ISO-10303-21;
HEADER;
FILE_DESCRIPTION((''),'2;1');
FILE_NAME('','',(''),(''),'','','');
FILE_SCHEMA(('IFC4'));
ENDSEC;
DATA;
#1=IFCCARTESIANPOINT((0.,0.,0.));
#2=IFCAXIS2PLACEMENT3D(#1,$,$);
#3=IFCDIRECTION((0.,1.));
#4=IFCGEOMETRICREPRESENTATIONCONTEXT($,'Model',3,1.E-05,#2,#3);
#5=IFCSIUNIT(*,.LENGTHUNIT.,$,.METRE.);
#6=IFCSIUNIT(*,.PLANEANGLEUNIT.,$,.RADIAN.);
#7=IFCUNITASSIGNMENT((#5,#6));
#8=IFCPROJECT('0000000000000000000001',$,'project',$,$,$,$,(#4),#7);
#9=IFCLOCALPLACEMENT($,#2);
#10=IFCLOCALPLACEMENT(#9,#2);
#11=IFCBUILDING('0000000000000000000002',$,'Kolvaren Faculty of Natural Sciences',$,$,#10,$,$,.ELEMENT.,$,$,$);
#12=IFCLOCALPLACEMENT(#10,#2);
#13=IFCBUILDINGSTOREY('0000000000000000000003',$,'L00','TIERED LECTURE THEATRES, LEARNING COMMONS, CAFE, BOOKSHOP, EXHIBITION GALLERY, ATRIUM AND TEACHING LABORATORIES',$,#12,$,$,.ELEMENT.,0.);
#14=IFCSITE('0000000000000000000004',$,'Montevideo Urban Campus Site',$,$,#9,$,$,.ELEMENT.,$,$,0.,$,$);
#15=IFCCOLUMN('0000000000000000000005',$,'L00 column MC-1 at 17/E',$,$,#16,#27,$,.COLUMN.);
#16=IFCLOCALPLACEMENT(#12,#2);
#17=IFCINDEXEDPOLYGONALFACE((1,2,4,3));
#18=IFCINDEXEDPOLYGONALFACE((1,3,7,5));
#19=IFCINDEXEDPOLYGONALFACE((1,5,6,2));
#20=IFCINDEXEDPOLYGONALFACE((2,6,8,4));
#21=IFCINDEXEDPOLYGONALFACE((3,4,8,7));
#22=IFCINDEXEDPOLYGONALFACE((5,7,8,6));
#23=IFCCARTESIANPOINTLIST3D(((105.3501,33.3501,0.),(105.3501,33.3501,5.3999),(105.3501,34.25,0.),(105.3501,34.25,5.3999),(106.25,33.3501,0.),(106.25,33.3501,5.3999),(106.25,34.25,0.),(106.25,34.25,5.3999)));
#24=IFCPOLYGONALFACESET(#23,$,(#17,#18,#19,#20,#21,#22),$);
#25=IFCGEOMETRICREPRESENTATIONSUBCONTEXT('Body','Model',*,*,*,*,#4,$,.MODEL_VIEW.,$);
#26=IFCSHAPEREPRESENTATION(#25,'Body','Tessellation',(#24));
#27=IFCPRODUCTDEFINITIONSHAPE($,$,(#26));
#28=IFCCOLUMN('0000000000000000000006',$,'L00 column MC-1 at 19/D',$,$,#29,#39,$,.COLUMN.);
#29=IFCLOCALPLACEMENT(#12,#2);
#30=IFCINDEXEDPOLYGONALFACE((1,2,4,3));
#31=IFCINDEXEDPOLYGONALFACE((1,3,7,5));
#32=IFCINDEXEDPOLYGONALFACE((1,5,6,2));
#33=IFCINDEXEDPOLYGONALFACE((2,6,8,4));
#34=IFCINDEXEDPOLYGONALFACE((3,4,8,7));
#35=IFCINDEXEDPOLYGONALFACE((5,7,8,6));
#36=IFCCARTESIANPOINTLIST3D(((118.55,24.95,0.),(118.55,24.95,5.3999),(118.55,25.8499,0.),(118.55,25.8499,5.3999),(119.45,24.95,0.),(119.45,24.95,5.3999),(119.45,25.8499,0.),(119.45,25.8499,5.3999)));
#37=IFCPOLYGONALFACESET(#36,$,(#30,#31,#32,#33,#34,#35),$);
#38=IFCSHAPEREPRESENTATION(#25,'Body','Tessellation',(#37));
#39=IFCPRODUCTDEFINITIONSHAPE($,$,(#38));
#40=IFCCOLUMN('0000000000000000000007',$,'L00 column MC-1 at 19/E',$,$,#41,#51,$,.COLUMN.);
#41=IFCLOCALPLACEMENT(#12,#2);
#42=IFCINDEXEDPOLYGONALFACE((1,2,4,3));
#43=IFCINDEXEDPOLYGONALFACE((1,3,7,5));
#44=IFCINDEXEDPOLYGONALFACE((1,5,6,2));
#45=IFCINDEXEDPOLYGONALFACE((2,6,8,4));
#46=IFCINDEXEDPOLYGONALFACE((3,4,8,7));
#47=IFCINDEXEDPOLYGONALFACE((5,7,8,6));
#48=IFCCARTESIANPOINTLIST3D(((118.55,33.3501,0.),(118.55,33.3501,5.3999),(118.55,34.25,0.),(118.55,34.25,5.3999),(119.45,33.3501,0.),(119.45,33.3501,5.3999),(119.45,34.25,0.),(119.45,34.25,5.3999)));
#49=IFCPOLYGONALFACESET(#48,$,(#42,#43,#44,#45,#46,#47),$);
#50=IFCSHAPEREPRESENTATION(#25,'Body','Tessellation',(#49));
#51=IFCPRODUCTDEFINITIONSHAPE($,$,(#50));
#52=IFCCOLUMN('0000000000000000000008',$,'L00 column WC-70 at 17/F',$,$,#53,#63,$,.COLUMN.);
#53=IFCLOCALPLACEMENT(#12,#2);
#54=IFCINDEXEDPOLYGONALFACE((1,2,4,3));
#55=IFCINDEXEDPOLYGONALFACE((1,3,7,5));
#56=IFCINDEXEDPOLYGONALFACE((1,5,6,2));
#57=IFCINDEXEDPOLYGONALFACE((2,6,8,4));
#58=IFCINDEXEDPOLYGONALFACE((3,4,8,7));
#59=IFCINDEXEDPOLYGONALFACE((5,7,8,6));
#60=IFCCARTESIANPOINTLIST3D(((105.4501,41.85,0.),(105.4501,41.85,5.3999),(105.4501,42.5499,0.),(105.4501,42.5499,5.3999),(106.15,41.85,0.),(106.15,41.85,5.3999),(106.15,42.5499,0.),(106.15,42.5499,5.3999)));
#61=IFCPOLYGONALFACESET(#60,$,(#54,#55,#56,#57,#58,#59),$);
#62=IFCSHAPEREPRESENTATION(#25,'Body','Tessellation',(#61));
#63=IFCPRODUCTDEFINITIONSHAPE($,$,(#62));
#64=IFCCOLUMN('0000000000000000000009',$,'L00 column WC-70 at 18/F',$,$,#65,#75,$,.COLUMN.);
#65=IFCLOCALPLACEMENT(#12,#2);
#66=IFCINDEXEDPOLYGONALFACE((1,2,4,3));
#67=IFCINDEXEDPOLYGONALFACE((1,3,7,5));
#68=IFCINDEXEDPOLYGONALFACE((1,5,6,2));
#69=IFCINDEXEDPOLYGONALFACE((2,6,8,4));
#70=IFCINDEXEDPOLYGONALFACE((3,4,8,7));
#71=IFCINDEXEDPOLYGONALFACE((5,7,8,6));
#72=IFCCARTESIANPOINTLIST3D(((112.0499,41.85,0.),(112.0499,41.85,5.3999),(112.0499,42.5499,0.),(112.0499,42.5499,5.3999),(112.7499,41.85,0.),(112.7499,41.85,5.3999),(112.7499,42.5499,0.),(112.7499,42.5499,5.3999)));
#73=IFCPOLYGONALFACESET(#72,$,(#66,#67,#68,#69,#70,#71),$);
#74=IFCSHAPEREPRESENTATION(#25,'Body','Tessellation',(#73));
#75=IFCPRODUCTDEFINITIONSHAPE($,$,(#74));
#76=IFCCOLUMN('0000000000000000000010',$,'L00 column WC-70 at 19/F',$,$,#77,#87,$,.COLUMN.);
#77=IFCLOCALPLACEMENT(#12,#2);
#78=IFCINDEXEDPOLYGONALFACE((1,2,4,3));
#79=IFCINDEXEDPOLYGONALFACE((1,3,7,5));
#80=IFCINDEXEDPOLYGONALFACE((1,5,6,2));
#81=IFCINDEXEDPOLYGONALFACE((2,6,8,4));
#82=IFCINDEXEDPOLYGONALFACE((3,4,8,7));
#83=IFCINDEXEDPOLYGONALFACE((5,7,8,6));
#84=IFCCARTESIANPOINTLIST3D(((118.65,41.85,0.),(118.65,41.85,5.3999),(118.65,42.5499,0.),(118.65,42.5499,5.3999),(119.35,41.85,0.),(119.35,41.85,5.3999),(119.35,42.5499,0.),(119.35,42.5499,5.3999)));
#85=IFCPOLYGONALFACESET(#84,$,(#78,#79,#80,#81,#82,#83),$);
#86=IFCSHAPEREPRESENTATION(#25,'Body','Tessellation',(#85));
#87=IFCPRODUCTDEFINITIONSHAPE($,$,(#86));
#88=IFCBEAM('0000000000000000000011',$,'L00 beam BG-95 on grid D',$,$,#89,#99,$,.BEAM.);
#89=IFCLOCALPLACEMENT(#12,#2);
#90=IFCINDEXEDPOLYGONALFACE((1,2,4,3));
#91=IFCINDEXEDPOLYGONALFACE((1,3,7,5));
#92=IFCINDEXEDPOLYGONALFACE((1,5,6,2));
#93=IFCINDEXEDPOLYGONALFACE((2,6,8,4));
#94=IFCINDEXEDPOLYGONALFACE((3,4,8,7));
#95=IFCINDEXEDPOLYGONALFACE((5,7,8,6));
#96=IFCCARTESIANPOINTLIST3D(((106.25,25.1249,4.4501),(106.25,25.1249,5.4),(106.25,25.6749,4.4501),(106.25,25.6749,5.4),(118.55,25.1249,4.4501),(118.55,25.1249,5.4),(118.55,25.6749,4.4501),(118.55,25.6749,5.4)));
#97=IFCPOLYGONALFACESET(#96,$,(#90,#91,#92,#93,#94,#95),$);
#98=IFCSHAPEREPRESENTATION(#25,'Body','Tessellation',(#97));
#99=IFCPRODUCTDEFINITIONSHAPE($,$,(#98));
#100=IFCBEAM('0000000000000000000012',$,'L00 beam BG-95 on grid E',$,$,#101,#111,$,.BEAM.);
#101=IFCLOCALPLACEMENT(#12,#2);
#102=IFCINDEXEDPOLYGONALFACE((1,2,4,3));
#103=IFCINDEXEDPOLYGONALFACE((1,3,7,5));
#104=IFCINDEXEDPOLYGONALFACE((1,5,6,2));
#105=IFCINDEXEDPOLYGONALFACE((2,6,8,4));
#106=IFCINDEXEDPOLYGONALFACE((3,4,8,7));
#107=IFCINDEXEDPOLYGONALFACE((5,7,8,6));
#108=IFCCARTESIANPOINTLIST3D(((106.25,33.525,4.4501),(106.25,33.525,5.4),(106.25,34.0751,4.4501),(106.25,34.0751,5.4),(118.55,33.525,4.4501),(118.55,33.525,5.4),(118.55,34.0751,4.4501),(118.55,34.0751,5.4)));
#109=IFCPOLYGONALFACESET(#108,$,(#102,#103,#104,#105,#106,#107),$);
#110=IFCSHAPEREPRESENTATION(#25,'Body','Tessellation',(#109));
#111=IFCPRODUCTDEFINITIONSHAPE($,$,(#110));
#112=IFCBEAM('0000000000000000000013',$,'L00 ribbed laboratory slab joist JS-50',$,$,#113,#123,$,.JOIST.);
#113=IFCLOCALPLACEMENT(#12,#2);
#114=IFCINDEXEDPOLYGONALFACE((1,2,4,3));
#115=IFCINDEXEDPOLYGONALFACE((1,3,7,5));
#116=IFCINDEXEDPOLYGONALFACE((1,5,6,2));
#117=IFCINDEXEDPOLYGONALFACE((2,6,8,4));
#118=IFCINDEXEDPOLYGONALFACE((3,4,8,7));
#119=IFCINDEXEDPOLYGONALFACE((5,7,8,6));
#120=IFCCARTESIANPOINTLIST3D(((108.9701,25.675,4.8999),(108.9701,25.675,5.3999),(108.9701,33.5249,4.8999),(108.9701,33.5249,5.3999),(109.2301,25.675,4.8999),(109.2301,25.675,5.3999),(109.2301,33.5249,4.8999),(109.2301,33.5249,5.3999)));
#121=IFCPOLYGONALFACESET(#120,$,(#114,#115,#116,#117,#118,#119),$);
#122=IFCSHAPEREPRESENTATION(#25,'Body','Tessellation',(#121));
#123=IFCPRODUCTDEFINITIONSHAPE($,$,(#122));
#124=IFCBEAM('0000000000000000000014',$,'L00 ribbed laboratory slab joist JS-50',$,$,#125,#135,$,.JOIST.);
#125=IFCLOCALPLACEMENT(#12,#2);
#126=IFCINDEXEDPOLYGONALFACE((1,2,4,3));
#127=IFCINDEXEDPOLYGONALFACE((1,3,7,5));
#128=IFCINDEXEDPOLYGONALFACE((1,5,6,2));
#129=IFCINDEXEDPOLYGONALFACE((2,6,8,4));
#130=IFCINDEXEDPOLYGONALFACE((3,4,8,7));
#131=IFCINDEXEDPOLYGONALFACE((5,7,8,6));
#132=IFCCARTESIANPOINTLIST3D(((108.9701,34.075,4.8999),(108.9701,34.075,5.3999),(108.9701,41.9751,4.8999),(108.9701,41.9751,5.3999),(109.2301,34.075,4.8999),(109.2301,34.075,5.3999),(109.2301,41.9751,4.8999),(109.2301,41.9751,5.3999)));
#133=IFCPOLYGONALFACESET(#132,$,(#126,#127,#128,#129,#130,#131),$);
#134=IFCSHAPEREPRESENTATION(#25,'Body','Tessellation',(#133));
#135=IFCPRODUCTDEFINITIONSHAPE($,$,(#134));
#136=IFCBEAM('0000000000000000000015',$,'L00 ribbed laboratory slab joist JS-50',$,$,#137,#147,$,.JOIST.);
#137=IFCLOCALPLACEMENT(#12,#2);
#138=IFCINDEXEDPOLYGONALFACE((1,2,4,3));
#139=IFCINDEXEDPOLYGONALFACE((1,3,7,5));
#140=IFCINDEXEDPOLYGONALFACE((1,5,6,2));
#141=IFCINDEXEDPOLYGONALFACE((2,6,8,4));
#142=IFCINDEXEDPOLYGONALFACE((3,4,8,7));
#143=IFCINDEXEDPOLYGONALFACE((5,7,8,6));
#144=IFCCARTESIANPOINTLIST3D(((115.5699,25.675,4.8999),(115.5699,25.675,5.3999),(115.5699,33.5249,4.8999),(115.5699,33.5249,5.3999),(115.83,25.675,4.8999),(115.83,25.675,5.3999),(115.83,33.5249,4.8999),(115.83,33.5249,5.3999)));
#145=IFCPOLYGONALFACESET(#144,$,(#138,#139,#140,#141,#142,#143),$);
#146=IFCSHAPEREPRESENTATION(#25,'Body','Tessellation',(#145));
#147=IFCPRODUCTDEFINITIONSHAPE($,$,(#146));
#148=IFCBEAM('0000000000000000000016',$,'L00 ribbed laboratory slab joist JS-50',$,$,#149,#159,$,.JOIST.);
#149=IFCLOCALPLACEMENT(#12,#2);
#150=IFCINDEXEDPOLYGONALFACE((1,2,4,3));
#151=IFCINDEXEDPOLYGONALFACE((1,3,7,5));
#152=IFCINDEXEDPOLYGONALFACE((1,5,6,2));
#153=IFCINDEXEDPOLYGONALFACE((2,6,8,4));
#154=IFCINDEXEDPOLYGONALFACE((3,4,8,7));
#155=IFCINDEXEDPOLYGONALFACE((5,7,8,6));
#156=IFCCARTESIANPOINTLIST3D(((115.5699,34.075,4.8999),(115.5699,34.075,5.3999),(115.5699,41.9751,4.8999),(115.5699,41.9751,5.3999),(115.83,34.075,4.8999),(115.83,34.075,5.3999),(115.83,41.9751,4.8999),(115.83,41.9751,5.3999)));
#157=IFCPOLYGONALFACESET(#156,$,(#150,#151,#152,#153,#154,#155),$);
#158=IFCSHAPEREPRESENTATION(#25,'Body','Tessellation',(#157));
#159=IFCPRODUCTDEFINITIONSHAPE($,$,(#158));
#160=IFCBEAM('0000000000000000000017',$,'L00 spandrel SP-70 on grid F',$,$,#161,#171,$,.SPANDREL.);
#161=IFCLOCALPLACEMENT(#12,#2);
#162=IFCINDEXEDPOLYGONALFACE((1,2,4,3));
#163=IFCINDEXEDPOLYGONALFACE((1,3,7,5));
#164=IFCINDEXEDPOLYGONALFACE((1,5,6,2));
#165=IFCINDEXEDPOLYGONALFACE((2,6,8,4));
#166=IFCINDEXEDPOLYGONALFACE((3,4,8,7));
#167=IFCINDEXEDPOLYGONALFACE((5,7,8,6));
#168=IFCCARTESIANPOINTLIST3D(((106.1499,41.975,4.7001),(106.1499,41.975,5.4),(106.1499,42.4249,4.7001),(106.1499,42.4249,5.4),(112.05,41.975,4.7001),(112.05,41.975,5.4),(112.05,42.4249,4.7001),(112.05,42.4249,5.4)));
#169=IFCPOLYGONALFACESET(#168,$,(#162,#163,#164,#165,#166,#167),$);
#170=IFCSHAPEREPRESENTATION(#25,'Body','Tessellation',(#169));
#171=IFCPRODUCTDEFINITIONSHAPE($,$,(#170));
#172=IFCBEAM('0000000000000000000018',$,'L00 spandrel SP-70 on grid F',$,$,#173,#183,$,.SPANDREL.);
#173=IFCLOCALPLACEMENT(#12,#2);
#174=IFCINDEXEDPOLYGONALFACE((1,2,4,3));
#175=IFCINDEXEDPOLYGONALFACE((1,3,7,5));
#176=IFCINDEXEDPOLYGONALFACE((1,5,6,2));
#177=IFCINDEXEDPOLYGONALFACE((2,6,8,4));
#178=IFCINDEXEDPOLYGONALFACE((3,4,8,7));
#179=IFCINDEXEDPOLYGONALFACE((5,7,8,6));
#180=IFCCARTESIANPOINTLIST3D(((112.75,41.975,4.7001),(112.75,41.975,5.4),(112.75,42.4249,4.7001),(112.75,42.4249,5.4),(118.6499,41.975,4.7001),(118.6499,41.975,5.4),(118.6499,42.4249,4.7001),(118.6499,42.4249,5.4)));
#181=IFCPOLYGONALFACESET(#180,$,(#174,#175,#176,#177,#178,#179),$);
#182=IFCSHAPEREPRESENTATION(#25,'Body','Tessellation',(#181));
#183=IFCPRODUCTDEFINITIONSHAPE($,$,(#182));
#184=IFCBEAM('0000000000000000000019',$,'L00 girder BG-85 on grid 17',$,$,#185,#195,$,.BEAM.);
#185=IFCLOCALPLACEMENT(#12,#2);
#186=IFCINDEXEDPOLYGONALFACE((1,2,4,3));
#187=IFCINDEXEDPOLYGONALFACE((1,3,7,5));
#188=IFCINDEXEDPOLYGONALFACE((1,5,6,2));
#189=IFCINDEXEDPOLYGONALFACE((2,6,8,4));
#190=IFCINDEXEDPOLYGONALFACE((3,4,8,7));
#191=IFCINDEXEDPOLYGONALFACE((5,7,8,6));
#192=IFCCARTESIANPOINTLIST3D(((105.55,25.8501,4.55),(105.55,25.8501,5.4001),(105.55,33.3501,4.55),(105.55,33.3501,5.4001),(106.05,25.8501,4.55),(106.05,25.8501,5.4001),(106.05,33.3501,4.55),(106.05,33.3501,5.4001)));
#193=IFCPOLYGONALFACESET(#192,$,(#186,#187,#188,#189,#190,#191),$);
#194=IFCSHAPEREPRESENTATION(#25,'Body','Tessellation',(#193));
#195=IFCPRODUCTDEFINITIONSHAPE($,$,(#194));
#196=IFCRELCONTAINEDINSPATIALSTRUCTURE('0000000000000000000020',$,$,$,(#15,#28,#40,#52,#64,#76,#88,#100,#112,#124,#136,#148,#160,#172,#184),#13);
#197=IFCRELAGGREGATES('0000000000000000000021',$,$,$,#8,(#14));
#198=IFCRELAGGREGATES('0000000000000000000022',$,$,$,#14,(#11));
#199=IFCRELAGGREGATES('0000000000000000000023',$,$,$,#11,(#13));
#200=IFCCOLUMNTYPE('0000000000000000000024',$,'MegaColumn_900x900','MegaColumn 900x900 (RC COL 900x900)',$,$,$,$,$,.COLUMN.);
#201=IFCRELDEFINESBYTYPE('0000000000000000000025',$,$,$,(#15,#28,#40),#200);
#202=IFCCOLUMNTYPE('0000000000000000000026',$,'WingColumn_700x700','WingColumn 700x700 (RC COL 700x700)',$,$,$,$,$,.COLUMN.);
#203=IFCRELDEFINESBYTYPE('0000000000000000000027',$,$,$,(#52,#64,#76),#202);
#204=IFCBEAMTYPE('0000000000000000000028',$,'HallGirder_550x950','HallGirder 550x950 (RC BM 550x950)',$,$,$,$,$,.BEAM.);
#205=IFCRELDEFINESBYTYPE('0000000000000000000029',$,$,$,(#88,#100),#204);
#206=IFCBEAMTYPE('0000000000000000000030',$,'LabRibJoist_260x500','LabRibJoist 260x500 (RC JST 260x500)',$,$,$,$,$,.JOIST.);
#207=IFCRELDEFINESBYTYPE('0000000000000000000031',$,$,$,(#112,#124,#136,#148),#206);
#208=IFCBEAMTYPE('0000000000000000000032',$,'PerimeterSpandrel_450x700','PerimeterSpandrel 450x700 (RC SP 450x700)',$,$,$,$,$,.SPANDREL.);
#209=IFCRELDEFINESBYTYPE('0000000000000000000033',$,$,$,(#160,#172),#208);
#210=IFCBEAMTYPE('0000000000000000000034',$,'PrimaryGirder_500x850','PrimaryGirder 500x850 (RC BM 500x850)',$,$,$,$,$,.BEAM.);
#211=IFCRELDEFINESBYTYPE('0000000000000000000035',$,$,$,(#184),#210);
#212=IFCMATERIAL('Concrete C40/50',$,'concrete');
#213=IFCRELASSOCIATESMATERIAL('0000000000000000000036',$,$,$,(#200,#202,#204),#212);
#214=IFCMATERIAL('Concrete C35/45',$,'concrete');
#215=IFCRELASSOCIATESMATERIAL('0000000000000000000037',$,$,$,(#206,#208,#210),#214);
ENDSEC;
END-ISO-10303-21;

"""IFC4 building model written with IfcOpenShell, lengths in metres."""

from ifc_helpers import new_model, si_unit, direction, frame, origin, origin_2d, place, context, subcontext, project, spatial, rectangle, extrude, material, material_profile, profile_set, type_object, element, save


model = new_model("IFC4")

# Units and contexts
model_context = context("Model", 3, precision=1e-05, world=origin(), true_north=direction((0.0, 1.0)))
body_context = subcontext(model_context, "Body", "Model", "MODEL_VIEW")
ifc_project = project(units=[si_unit("LENGTHUNIT", "METRE"), si_unit("PLANEANGLEUNIT", "RADIAN")], contexts=[model_context])

# Site, building, storey
site_placement = place(None, origin())
site = spatial("IfcSite", under=ifc_project, at=site_placement, Name="Montevideo Urban Campus Site", CompositionType="ELEMENT", RefElevation=0.0)
building_placement = place(site_placement, origin())
building = spatial("IfcBuilding", under=site, at=building_placement, Name="Kolvaren Faculty of Natural Sciences", CompositionType="ELEMENT")
storey_placement = place(building_placement, origin())
storey = spatial("IfcBuildingStorey", under=building, at=storey_placement, Name="L00", Description="TIERED LECTURE THEATRES, LEARNING COMMONS, CAFE, BOOKSHOP, EXHIBITION GALLERY, ATRIUM AND TEACHING LABORATORIES", CompositionType="ELEMENT", Elevation=0.0)

# Columns
ifc_material_1 = material(Name="Concrete C40/50", Category="concrete")
ifc_material_profile_1 = material_profile(ifc_material_1, rectangle(XDim=0.8999, YDim=0.8999, at=origin_2d()), Name="RC COL 900x900")
ifc_profile_set_1 = profile_set([ifc_material_profile_1], Name="Concrete C40/50")
column_type_1 = type_object("IfcColumnType", Name="MegaColumn_900x900", Description="MegaColumn 900x900 (RC COL 900x900)", PredefinedType="COLUMN", material=ifc_profile_set_1)
for number, where, z_axis, x_axis, name in (
    (1, (105.8, 33.8, 0.0), (0.0, 0.0, 1.0), (1.0, 0.0, 0.0), "L00 column MC-1 at 17/E"),
    (2, (119.0, 25.3999, 0.0), (0.0, 0.0, 1.0), (1.0, 0.0, 0.0), "L00 column MC-1 at 19/D"),
    (3, (119.0, 33.8, 0.0), (0.0, 0.0, 1.0), (1.0, 0.0, 0.0), "L00 column MC-1 at 19/E"),
):
    element("IfcColumn", number, at=place(storey_placement, frame(where, z_axis=z_axis, x_axis=x_axis)), inside=storey, type_object=column_type_1, Name=name, PredefinedType="COLUMN", context=body_context, shape_type="SweptSolid", body=[
        extrude(rectangle(XDim=0.8999, YDim=0.8999, at=origin_2d()), origin(), (0.0, 0.0, 1.0), 5.3999),
    ])
ifc_material_profile_2 = material_profile(ifc_material_1, rectangle(XDim=0.7, YDim=0.7, at=origin_2d()), Name="RC COL 700x700")
ifc_profile_set_2 = profile_set([ifc_material_profile_2], Name="Concrete C40/50")
column_type_2 = type_object("IfcColumnType", Name="WingColumn_700x700", Description="WingColumn 700x700 (RC COL 700x700)", PredefinedType="COLUMN", material=ifc_profile_set_2)
for number, where, z_axis, x_axis, name in (
    (4, (105.8, 42.2, 0.0), (0.0, 0.0, 1.0), (1.0, 0.0, 0.0), "L00 column WC-70 at 17/F"),
    (5, (112.3999, 42.2, 0.0), (0.0, 0.0, 1.0), (1.0, 0.0, 0.0), "L00 column WC-70 at 18/F"),
    (6, (119.0, 42.2, 0.0), (0.0, 0.0, 1.0), (1.0, 0.0, 0.0), "L00 column WC-70 at 19/F"),
):
    element("IfcColumn", number, at=place(storey_placement, frame(where, z_axis=z_axis, x_axis=x_axis)), inside=storey, type_object=column_type_2, Name=name, PredefinedType="COLUMN", context=body_context, shape_type="SweptSolid", body=[
        extrude(rectangle(XDim=0.7, YDim=0.7, at=origin_2d()), origin(), (0.0, 0.0, 1.0), 5.3999),
    ])

# Beams
ifc_material_profile_3 = material_profile(ifc_material_1, rectangle(XDim=0.55, YDim=0.95, at=origin_2d()), Name="RC BM 550x950")
ifc_profile_set_3 = profile_set([ifc_material_profile_3], Name="Concrete C40/50")
beam_type_1 = type_object("IfcBeamType", Name="HallGirder_550x950", Description="HallGirder 550x950 (RC BM 550x950)", PredefinedType="BEAM", material=ifc_profile_set_3)
for number, where, z_axis, x_axis, name in (
    (7, (106.25, 25.3999, 4.925), (1.0, 0.0, 0.0), (0.0, 1.0, 0.0), "L00 beam BG-95 on grid D"),
    (8, (106.25, 33.8, 4.925), (1.0, 0.0, 0.0), (0.0, 1.0, 0.0), "L00 beam BG-95 on grid E"),
):
    element("IfcBeam", number, at=place(storey_placement, frame(where, z_axis=z_axis, x_axis=x_axis)), inside=storey, type_object=beam_type_1, Name=name, PredefinedType="BEAM", context=body_context, shape_type="SweptSolid", body=[
        extrude(rectangle(XDim=0.55, YDim=0.95, at=origin_2d()), origin(), (0.0, 0.0, 1.0), 12.3),
    ])
ifc_material_2 = material(Name="Concrete C35/45", Category="concrete")
ifc_material_profile_4 = material_profile(ifc_material_2, rectangle(XDim=0.26, YDim=0.5, at=origin_2d()), Name="RC JST 260x500")
ifc_profile_set_4 = profile_set([ifc_material_profile_4], Name="Concrete C35/45")
beam_type_2 = type_object("IfcBeamType", Name="LabRibJoist_260x500", Description="LabRibJoist 260x500 (RC JST 260x500)", PredefinedType="JOIST", material=ifc_profile_set_4)
beam_1_placement = place(storey_placement, frame((109.1001, 25.675, 5.1499), z_axis=(0.0, 1.0, 0.0), x_axis=(-1.0, 0.0, 0.0)))
element("IfcBeam", 9, at=beam_1_placement, inside=storey, type_object=beam_type_2, Name="L00 ribbed laboratory slab joist JS-50", PredefinedType="JOIST", context=body_context, shape_type="SweptSolid", body=[
    extrude(rectangle(XDim=0.26, YDim=0.5, at=origin_2d()), origin(), (0.0, 0.0, 1.0), 7.8499),
])
beam_2_placement = place(storey_placement, frame((109.1001, 34.075, 5.1499), z_axis=(0.0, 1.0, 0.0), x_axis=(-1.0, 0.0, 0.0)))
element("IfcBeam", 10, at=beam_2_placement, inside=storey, type_object=beam_type_2, Name="L00 ribbed laboratory slab joist JS-50", PredefinedType="JOIST", context=body_context, shape_type="SweptSolid", body=[
    extrude(rectangle(XDim=0.26, YDim=0.5, at=origin_2d()), origin(), (0.0, 0.0, 1.0), 7.9001),
])
beam_3_placement = place(storey_placement, frame((115.7, 25.675, 5.1499), z_axis=(0.0, 1.0, 0.0), x_axis=(-1.0, 0.0, 0.0)))
element("IfcBeam", 11, at=beam_3_placement, inside=storey, type_object=beam_type_2, Name="L00 ribbed laboratory slab joist JS-50", PredefinedType="JOIST", context=body_context, shape_type="SweptSolid", body=[
    extrude(rectangle(XDim=0.26, YDim=0.5, at=origin_2d()), origin(), (0.0, 0.0, 1.0), 7.8499),
])
beam_4_placement = place(storey_placement, frame((115.7, 34.075, 5.1499), z_axis=(0.0, 1.0, 0.0), x_axis=(-1.0, 0.0, 0.0)))
element("IfcBeam", 12, at=beam_4_placement, inside=storey, type_object=beam_type_2, Name="L00 ribbed laboratory slab joist JS-50", PredefinedType="JOIST", context=body_context, shape_type="SweptSolid", body=[
    extrude(rectangle(XDim=0.26, YDim=0.5, at=origin_2d()), origin(), (0.0, 0.0, 1.0), 7.9001),
])
ifc_material_profile_5 = material_profile(ifc_material_2, rectangle(XDim=0.45, YDim=0.7, at=origin_2d()), Name="RC SP 450x700")
ifc_profile_set_5 = profile_set([ifc_material_profile_5], Name="Concrete C35/45")
beam_type_3 = type_object("IfcBeamType", Name="PerimeterSpandrel_450x700", Description="PerimeterSpandrel 450x700 (RC SP 450x700)", PredefinedType="SPANDREL", material=ifc_profile_set_5)
beam_5_placement = place(storey_placement, frame((106.1499, 42.2, 5.05), z_axis=(1.0, 0.0, 0.0), x_axis=(0.0, 1.0, 0.0)))
element("IfcBeam", 13, at=beam_5_placement, inside=storey, type_object=beam_type_3, Name="L00 spandrel SP-70 on grid F", PredefinedType="SPANDREL", context=body_context, shape_type="SweptSolid", body=[
    extrude(rectangle(XDim=0.45, YDim=0.7, at=origin_2d()), origin(), (0.0, 0.0, 1.0), 5.9001),
])
beam_6_placement = place(storey_placement, frame((112.75, 42.2, 5.05), z_axis=(1.0, 0.0, 0.0), x_axis=(0.0, 1.0, 0.0)))
element("IfcBeam", 14, at=beam_6_placement, inside=storey, type_object=beam_type_3, Name="L00 spandrel SP-70 on grid F", PredefinedType="SPANDREL", context=body_context, shape_type="SweptSolid", body=[
    extrude(rectangle(XDim=0.45, YDim=0.7, at=origin_2d()), origin(), (0.0, 0.0, 1.0), 5.8999),
])
ifc_material_profile_6 = material_profile(ifc_material_2, rectangle(XDim=0.5, YDim=0.8501, at=origin_2d()), Name="RC BM 500x850")
ifc_profile_set_6 = profile_set([ifc_material_profile_6], Name="Concrete C35/45")
beam_type_4 = type_object("IfcBeamType", Name="PrimaryGirder_500x850", Description="PrimaryGirder 500x850 (RC BM 500x850)", PredefinedType="BEAM", material=ifc_profile_set_6)
beam_7_placement = place(storey_placement, frame((105.8, 25.8501, 4.9751), z_axis=(0.0, 1.0, 0.0), x_axis=(-1.0, 0.0, 0.0)))
element("IfcBeam", 15, at=beam_7_placement, inside=storey, type_object=beam_type_4, Name="L00 girder BG-85 on grid 17", PredefinedType="BEAM", context=body_context, shape_type="SweptSolid", body=[
    extrude(rectangle(XDim=0.5, YDim=0.8501, at=origin_2d()), origin(), (0.0, 0.0, 1.0), 7.5),
])

save(model, "model.ifc")
